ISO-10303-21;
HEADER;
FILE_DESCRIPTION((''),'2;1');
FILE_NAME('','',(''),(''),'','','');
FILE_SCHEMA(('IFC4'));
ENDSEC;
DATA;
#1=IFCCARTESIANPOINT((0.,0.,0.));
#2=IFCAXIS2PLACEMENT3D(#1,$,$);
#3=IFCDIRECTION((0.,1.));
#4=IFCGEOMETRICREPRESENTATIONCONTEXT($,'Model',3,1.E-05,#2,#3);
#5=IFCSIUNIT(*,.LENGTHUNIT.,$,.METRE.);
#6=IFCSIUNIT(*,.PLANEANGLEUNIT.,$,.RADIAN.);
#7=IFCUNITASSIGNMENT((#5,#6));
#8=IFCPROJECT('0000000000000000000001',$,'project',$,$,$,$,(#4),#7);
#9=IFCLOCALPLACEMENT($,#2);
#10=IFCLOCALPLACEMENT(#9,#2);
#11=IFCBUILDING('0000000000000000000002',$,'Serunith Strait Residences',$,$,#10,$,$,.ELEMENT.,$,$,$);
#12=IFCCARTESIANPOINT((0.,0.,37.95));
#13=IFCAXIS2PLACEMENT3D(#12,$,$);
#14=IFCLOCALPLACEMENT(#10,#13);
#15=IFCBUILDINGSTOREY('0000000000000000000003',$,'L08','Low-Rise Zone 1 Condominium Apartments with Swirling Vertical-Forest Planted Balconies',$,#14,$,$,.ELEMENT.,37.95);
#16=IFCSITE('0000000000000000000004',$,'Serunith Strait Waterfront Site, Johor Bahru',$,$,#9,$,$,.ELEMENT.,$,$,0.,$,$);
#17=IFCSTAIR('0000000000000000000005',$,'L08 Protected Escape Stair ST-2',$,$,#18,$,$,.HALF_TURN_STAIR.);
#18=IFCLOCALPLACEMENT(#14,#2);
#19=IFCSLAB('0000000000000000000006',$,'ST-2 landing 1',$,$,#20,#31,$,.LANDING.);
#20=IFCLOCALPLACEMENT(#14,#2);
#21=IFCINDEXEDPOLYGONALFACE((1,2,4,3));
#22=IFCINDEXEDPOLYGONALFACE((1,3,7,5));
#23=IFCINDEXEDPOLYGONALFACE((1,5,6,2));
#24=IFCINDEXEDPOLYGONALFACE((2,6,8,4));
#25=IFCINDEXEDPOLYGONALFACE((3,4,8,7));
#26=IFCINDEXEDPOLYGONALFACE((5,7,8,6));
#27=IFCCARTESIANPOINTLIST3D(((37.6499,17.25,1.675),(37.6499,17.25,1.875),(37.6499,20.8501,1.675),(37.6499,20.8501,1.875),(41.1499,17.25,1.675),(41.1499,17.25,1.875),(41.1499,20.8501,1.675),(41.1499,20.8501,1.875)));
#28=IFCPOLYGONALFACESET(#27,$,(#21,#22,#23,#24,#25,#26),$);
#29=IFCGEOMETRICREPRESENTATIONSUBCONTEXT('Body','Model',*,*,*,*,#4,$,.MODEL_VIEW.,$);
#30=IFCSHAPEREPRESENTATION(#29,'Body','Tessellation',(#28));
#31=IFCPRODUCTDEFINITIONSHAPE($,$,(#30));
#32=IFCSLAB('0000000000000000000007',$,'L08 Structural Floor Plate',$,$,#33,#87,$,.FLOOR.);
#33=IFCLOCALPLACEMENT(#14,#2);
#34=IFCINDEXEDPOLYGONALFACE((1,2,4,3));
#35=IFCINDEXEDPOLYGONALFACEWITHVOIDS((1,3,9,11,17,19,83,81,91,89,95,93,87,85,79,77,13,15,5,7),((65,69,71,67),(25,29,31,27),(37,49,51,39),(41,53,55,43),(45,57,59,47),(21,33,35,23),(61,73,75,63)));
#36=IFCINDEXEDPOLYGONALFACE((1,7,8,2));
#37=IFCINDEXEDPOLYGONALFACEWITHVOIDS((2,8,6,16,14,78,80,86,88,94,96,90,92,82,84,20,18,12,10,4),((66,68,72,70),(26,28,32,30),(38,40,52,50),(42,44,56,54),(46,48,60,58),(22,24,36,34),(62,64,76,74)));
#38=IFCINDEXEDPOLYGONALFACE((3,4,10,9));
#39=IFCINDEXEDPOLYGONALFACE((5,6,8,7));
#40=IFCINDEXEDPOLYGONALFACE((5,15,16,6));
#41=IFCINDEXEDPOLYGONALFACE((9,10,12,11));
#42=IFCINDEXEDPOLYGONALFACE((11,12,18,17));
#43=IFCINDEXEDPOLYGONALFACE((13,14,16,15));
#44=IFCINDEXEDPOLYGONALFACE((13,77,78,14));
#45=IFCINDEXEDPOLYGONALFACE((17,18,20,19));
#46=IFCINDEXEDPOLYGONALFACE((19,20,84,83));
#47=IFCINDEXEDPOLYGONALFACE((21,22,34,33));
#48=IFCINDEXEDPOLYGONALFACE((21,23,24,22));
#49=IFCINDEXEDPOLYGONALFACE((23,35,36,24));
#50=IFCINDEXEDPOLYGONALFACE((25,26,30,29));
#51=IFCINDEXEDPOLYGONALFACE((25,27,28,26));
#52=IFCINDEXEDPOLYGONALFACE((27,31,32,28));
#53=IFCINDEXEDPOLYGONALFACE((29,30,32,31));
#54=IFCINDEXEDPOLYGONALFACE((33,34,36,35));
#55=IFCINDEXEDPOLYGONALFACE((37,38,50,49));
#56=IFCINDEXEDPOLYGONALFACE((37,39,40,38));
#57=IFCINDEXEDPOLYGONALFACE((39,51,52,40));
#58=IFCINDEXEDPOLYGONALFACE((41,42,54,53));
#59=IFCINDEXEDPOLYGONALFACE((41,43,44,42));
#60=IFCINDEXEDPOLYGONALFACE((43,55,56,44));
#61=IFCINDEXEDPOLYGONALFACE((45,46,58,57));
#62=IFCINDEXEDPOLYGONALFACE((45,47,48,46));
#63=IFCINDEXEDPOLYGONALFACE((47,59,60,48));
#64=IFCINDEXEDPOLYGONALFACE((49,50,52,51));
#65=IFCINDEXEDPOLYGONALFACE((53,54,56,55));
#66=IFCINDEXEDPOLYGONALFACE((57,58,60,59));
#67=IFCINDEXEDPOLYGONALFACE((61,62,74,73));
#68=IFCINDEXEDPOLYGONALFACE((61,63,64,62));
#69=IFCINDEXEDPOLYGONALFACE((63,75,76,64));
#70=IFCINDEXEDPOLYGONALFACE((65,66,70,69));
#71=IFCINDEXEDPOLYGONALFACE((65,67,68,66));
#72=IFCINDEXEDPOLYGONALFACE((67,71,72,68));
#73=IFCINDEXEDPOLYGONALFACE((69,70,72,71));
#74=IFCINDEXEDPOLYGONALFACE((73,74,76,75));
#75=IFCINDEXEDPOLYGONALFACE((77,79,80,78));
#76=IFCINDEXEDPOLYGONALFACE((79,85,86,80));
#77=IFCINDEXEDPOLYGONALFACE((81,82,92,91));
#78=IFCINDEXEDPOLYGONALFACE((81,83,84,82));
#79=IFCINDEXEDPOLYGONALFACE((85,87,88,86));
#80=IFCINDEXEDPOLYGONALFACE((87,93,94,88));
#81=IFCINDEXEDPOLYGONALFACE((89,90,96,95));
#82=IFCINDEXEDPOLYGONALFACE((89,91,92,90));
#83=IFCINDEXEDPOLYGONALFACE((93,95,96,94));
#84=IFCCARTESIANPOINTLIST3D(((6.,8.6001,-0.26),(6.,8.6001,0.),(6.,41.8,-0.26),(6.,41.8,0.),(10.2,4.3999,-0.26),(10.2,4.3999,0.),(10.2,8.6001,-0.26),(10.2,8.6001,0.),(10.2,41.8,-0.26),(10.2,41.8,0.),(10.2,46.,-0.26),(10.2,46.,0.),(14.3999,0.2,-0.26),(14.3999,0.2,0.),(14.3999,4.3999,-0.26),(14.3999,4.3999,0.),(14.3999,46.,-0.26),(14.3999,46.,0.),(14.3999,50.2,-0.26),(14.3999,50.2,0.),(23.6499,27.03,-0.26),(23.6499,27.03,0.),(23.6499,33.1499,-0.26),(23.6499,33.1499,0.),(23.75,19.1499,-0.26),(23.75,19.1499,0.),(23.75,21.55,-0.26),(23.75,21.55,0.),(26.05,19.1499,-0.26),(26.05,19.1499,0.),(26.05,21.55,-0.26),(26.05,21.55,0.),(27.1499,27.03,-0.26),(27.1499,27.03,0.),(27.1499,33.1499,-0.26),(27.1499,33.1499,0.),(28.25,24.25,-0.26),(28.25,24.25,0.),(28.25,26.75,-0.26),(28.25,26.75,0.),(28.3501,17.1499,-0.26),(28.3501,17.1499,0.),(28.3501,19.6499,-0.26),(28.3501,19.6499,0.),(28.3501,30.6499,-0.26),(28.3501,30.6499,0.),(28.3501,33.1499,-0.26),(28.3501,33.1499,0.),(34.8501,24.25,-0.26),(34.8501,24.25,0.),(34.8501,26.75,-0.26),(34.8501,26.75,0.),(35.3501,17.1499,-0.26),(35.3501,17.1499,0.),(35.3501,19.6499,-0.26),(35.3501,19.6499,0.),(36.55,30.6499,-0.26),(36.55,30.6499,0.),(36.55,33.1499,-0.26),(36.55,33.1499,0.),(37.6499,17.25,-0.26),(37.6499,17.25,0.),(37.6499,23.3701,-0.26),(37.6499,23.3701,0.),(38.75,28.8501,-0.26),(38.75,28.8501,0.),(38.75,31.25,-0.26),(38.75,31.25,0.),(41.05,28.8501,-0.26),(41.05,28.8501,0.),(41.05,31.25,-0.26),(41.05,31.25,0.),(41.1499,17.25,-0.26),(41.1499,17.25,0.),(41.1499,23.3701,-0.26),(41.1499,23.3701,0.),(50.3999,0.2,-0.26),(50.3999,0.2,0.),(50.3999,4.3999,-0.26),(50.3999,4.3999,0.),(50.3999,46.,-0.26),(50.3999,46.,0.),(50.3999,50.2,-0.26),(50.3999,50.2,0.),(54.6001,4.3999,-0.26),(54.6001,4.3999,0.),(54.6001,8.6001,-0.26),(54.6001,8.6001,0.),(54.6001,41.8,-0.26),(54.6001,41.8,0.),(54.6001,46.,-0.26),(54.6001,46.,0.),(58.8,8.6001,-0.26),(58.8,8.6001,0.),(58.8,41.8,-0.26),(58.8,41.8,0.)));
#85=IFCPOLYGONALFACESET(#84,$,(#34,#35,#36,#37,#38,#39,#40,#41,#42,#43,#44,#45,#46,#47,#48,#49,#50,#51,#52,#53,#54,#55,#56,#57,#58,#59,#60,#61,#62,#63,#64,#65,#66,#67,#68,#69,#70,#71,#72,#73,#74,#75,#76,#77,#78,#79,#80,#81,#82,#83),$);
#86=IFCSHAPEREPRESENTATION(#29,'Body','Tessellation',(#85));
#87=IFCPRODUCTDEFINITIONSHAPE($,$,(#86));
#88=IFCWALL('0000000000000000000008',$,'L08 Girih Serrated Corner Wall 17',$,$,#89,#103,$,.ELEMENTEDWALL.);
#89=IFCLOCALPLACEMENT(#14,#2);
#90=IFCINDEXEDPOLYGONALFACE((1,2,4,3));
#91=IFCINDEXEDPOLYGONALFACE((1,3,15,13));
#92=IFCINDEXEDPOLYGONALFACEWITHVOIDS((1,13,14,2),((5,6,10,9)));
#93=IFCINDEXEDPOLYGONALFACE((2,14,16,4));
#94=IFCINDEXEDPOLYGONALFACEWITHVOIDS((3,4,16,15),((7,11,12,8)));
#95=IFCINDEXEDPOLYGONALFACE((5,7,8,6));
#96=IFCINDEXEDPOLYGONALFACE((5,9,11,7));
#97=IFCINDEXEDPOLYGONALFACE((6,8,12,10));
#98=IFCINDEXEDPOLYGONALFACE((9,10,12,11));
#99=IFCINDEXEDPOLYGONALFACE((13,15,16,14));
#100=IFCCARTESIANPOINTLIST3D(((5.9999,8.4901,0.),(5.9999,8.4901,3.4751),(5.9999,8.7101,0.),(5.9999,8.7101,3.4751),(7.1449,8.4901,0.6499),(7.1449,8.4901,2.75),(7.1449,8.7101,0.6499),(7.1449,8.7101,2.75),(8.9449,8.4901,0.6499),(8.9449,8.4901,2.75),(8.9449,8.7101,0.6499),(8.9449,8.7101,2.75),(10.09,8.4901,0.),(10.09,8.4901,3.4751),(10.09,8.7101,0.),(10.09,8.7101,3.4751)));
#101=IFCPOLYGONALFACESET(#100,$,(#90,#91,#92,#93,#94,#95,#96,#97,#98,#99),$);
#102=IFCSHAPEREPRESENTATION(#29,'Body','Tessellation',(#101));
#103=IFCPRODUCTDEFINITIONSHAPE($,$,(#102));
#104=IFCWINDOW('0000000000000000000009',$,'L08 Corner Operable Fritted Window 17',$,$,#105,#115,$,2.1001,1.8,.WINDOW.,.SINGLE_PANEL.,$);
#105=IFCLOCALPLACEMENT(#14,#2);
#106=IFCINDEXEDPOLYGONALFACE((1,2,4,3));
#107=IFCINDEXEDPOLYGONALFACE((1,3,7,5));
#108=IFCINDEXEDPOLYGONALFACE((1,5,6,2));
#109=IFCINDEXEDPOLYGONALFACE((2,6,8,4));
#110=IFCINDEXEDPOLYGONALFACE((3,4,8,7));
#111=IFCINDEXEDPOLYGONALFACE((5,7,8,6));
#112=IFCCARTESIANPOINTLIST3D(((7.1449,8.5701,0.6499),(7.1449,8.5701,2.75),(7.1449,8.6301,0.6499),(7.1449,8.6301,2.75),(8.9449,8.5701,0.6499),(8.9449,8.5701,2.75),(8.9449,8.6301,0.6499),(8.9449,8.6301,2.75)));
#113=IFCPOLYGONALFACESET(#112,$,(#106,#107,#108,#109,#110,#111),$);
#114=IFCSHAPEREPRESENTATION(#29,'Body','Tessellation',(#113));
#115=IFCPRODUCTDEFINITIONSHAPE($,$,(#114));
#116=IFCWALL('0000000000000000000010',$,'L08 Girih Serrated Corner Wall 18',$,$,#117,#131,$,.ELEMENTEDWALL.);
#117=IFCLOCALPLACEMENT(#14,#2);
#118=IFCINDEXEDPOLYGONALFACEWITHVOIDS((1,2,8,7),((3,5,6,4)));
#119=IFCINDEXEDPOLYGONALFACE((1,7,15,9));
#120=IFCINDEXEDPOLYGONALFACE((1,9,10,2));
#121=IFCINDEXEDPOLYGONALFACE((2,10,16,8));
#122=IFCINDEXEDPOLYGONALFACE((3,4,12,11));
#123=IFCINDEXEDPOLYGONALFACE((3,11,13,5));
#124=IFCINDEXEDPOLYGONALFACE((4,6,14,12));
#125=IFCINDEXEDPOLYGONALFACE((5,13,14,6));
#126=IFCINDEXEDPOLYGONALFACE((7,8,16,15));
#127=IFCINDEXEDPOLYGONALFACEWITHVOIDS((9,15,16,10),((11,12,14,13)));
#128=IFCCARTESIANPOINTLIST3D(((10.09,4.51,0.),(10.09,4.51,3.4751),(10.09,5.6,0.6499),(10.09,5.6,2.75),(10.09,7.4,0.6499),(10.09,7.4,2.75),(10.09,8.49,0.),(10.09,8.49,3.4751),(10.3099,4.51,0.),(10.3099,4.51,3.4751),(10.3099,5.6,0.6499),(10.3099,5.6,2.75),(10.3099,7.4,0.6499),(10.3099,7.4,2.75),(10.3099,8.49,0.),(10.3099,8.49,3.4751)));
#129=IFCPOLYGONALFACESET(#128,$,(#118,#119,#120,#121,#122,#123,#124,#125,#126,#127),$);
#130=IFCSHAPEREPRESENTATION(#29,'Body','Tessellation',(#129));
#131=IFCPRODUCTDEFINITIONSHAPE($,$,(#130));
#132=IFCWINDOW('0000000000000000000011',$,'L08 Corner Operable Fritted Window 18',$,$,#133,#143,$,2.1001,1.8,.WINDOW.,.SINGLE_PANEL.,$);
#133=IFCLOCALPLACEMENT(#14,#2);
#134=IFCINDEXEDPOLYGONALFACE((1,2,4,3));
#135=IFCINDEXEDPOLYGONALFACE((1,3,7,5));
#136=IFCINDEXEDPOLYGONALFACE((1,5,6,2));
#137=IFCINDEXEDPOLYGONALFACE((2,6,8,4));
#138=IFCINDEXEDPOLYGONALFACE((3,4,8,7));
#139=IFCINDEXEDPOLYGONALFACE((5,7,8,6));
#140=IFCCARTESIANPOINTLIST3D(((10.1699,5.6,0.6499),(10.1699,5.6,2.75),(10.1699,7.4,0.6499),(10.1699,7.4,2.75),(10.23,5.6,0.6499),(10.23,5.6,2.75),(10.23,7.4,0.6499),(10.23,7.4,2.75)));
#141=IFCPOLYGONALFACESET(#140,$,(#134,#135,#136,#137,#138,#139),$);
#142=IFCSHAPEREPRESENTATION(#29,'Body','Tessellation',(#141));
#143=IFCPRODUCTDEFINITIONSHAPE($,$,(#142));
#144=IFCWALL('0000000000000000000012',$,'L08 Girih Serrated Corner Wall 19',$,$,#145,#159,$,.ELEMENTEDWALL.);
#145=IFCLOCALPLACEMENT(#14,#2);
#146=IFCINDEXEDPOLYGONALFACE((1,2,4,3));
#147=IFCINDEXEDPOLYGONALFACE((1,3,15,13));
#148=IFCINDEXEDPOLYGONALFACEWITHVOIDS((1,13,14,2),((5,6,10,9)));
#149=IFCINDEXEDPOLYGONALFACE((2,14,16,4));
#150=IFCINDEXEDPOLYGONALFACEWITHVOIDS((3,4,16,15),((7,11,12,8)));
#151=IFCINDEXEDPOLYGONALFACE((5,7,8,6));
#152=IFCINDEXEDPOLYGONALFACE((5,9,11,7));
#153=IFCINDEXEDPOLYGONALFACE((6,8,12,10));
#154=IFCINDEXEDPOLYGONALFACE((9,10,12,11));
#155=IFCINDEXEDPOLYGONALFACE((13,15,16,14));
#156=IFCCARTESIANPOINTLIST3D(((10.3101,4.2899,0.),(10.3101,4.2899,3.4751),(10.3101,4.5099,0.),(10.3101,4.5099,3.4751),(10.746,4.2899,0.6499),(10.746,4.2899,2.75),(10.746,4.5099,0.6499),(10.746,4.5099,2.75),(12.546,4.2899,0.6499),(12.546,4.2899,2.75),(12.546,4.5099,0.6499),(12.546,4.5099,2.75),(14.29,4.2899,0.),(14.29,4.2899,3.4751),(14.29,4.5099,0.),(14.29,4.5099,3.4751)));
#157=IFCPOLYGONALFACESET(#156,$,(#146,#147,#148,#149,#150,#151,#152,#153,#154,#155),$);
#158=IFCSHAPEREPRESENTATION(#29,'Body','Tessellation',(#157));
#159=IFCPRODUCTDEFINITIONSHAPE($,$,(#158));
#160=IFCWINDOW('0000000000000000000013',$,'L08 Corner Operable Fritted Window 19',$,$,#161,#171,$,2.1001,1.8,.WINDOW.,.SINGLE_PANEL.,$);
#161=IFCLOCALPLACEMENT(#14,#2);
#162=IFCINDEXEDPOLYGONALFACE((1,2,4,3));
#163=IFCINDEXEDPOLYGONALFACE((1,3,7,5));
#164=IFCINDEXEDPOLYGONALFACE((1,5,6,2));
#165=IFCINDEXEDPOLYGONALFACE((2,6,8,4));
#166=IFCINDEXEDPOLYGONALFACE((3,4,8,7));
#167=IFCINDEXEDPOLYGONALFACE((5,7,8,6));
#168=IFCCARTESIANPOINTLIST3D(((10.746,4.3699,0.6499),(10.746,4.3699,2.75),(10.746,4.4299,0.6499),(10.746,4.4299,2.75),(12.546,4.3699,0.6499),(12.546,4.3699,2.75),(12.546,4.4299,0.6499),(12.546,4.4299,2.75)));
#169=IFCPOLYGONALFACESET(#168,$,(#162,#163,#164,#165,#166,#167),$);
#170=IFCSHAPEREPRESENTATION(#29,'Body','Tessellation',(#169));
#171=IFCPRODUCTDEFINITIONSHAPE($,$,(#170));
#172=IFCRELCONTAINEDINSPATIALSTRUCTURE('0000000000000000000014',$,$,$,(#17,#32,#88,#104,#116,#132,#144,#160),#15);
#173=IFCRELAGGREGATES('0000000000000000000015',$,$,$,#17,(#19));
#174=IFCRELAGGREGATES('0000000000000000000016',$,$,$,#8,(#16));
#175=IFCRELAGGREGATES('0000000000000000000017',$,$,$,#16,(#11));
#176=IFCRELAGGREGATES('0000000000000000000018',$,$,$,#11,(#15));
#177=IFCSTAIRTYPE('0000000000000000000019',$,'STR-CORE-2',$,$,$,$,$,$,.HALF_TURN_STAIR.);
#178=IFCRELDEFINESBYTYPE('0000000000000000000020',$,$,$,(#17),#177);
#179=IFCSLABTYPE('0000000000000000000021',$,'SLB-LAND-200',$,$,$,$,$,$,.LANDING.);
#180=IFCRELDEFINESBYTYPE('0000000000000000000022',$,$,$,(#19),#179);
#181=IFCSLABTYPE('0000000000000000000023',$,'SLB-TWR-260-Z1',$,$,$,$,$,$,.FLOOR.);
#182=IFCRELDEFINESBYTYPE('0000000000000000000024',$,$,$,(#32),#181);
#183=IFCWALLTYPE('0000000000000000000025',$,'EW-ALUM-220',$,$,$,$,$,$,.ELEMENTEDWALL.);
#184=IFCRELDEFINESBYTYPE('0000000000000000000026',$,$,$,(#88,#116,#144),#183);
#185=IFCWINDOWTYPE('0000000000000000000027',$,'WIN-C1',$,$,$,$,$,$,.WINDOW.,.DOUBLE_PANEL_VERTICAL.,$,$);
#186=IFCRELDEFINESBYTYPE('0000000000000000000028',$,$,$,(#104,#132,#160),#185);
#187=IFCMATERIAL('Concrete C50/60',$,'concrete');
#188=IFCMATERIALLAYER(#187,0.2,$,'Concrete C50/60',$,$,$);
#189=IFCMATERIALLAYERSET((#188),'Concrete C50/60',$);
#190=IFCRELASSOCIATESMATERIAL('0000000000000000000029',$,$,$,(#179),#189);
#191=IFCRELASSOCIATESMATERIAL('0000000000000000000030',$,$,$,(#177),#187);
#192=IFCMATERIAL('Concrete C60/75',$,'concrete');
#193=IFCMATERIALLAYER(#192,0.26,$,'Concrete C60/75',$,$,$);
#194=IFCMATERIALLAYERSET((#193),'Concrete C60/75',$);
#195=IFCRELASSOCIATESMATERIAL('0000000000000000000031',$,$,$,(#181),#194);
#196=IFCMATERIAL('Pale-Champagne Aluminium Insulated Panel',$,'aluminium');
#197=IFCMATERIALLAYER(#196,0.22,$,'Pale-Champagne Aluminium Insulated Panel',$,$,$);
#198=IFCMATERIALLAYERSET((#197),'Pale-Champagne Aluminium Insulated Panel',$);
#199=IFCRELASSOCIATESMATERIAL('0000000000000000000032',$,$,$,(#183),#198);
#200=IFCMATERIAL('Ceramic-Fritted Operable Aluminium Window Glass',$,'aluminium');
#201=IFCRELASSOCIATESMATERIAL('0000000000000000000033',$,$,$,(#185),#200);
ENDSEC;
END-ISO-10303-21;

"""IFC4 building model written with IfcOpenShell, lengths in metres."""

from ifc_helpers import new_model, si_unit, direction, frame, frame_2d, origin, place, context, subcontext, project, spatial, polyline, rectangle, outline, extrude, source, transform, mapped, material, layer, layer_set, type_object, element, fill, aggregate, save


model = new_model("IFC4")

# Units and contexts
model_context = context("Model", 3, precision=1e-05, world=origin(), true_north=direction((0.0, 1.0)))
body_context = subcontext(model_context, "Body", "Model", "MODEL_VIEW")
ifc_project = project(units=[si_unit("LENGTHUNIT", "METRE"), si_unit("PLANEANGLEUNIT", "RADIAN")], contexts=[model_context])

# Site, building, storey
site_placement = place(None, origin())
site = spatial("IfcSite", under=ifc_project, at=site_placement, Name="Serunith Strait Waterfront Site, Johor Bahru", CompositionType="ELEMENT", RefElevation=0.0)
building_placement = place(site_placement, origin())
building = spatial("IfcBuilding", under=site, at=building_placement, Name="Serunith Strait Residences", CompositionType="ELEMENT")
storey_placement = place(building_placement, frame((0.0, 0.0, 37.95)))
storey = spatial("IfcBuildingStorey", under=building, at=storey_placement, Name="L08", Description="Low-Rise Zone 1 Condominium Apartments with Swirling Vertical-Forest Planted Balconies", CompositionType="ELEMENT", Elevation=37.95)

# Shared definitions
ifc_material_1 = material(Name="Concrete C50/60", Category="concrete")

# Stair, slab
ifc_layer_1 = layer(ifc_material_1, 0.2, Name="Concrete C50/60")
ifc_layer_set_1 = layer_set([ifc_layer_1], Name="Concrete C50/60")
slab_type_1 = type_object("IfcSlabType", Name="SLB-LAND-200", PredefinedType="LANDING", material=ifc_layer_set_1)
stair_type_1 = type_object("IfcStairType", Name="STR-CORE-2", PredefinedType="HALF_TURN_STAIR", material=ifc_material_1)
stair_1_placement = place(storey_placement, origin())
stair_1 = element("IfcStair", 1, at=stair_1_placement, inside=storey, type_object=stair_type_1, Name="L08 Protected Escape Stair ST-2", PredefinedType="HALF_TURN_STAIR")
slab_1_placement = place(storey_placement, frame((0.0, 0.0, 1.675)))
slab_1 = element("IfcSlab", 2, at=slab_1_placement, type_object=slab_type_1, Name="ST-2 landing 1", PredefinedType="LANDING", context=body_context, shape_type="SweptSolid", body=[
    extrude(outline(polyline([(37.6499, 20.8501), (37.6499, 17.25), (41.1499, 17.25), (41.1499, 20.8501), (37.6499, 20.8501)])), origin(), (0.0, 0.0, 1.0), 0.2),
])
aggregate(stair_1, [slab_1])

# Slab
ifc_material_2 = material(Name="Concrete C60/75", Category="concrete")
ifc_layer_2 = layer(ifc_material_2, 0.26, Name="Concrete C60/75")
ifc_layer_set_2 = layer_set([ifc_layer_2], Name="Concrete C60/75")
slab_type_2 = type_object("IfcSlabType", Name="SLB-TWR-260-Z1", PredefinedType="FLOOR", material=ifc_layer_set_2)
slab_2_placement = place(storey_placement, frame((0.0, 0.0, -0.26)))
element("IfcSlab", 3, at=slab_2_placement, inside=storey, type_object=slab_type_2, Name="L08 Structural Floor Plate", PredefinedType="FLOOR", context=body_context, shape_type="SweptSolid", body=[
    extrude(outline(polyline([(14.3999, 4.3999), (10.2, 4.3999), (10.2, 8.6001), (6.0, 8.6001), (6.0, 41.8), (10.2, 41.8), (10.2, 46.0), (14.3999, 46.0), (14.3999, 50.2), (50.3999, 50.2), (50.3999, 46.0), (54.6001, 46.0), (54.6001, 41.8), (58.8, 41.8), (58.8, 8.6001), (54.6001, 8.6001), (54.6001, 4.3999), (50.3999, 4.3999), (50.3999, 0.2), (14.3999, 0.2), (14.3999, 4.3999)]), holes=[polyline([(41.1499, 17.25), (41.1499, 23.3701), (37.6499, 23.3701), (37.6499, 17.25), (41.1499, 17.25)]), polyline([(41.05, 31.25), (38.75, 31.25), (38.75, 28.8501), (41.05, 28.8501), (41.05, 31.25)]), polyline([(36.55, 33.1499), (28.3501, 33.1499), (28.3501, 30.6499), (36.55, 30.6499), (36.55, 33.1499)]), polyline([(28.3501, 19.6499), (28.3501, 17.1499), (35.3501, 17.1499), (35.3501, 19.6499), (28.3501, 19.6499)]), polyline([(34.8501, 26.75), (28.25, 26.75), (28.25, 24.25), (34.8501, 24.25), (34.8501, 26.75)]), polyline([(23.6499, 33.1499), (23.6499, 27.03), (27.1499, 27.03), (27.1499, 33.1499), (23.6499, 33.1499)]), polyline([(26.05, 21.55), (23.75, 21.55), (23.75, 19.1499), (26.05, 19.1499), (26.05, 21.55)])]), origin(), (0.0, 0.0, 1.0), 0.26),
])

# Walls, openings, windows
ifc_material_3 = material(Name="Pale-Champagne Aluminium Insulated Panel", Category="aluminium")
ifc_layer_3 = layer(ifc_material_3, 0.22, Name="Pale-Champagne Aluminium Insulated Panel")
ifc_layer_set_3 = layer_set([ifc_layer_3], Name="Pale-Champagne Aluminium Insulated Panel")
wall_type_1 = type_object("IfcWallType", Name="EW-ALUM-220", PredefinedType="ELEMENTEDWALL", material=ifc_layer_set_3)
wall_1_placement = place(storey_placement, frame((6.0, 8.6001, 0.0), z_axis=(0.0, 0.0, 1.0), x_axis=(1.0, 0.0, 0.0)))
wall_1 = element("IfcWall", 4, at=wall_1_placement, inside=storey, type_object=wall_type_1, Name="L08 Girih Serrated Corner Wall 17", PredefinedType="ELEMENTEDWALL", context=body_context, shape_type="SweptSolid", body=[
    extrude(rectangle(XDim=4.0901, YDim=0.22, at=frame_2d((2.0449, 0.0))), origin(), (0.0, 0.0, 1.0), 3.4751),
])
opening_1_placement = place(wall_1_placement, frame((1.145, 0.0, 0.6499)))
opening_1 = element("IfcOpeningElement", 5, at=opening_1_placement, cuts=wall_1, PredefinedType="OPENING", context=body_context, shape_type="SweptSolid", body=[
    extrude(rectangle(XDim=1.8, YDim=2.1001, at=frame_2d((0.8999, 1.05))), frame((0.0, 0.1201, 0.0), z_axis=(0.0, -1.0, 0.0), x_axis=(1.0, 0.0, 0.0)), (0.0, 0.0, 1.0), 0.24),
])
ifc_material_4 = material(Name="Ceramic-Fritted Operable Aluminium Window Glass", Category="aluminium")
window_type = type_object("IfcWindowType", Name="WIN-C1", PartitioningType="DOUBLE_PANEL_VERTICAL", PredefinedType="WINDOW", material=ifc_material_4)
shared_shape_1 = source(origin(), body_context, "Body", "SweptSolid", [
    extrude(rectangle(XDim=1.8, YDim=2.1001, at=frame_2d((0.8999, 1.05))), frame((0.0, 0.03, 0.0), z_axis=(0.0, -1.0, 0.0), x_axis=(1.0, 0.0, 0.0)), (0.0, 0.0, 1.0), 0.0601),
])
window_1_placement = place(opening_1_placement, origin())
window_1 = element("IfcWindow", 6, at=window_1_placement, inside=storey, type_object=window_type, Name="L08 Corner Operable Fritted Window 17", OverallHeight=2.1001, OverallWidth=1.8, PartitioningType="SINGLE_PANEL", PredefinedType="WINDOW", context=body_context, shape_type="MappedRepresentation", body=[
    mapped(shared_shape_1, transform((0.0, 0.0, 0.0), scale=1.0)),
])
fill(opening_1, window_1)
wall_2_placement = place(storey_placement, frame((10.2, 8.49, 0.0), z_axis=(0.0, 0.0, 1.0), x_axis=(0.0, -1.0, 0.0)))
wall_2 = element("IfcWall", 7, at=wall_2_placement, inside=storey, type_object=wall_type_1, Name="L08 Girih Serrated Corner Wall 18", PredefinedType="ELEMENTEDWALL", context=body_context, shape_type="SweptSolid", body=[
    extrude(rectangle(XDim=3.98, YDim=0.22, at=frame_2d((1.99, 0.0))), origin(), (0.0, 0.0, 1.0), 3.4751),
])
opening_2_placement = place(wall_2_placement, frame((1.0901, 0.0, 0.6499)))
opening_2 = element("IfcOpeningElement", 8, at=opening_2_placement, cuts=wall_2, PredefinedType="OPENING", context=body_context, shape_type="SweptSolid", body=[
    extrude(rectangle(XDim=1.8, YDim=2.1001, at=frame_2d((0.8999, 1.05))), frame((0.0, 0.1201, 0.0), z_axis=(0.0, -1.0, 0.0), x_axis=(1.0, 0.0, 0.0)), (0.0, 0.0, 1.0), 0.24),
])
window_2_placement = place(opening_2_placement, origin())
window_2 = element("IfcWindow", 9, at=window_2_placement, inside=storey, type_object=window_type, Name="L08 Corner Operable Fritted Window 18", OverallHeight=2.1001, OverallWidth=1.8, PartitioningType="SINGLE_PANEL", PredefinedType="WINDOW", context=body_context, shape_type="MappedRepresentation", body=[
    mapped(shared_shape_1, transform((0.0, 0.0, 0.0), scale=1.0)),
])
fill(opening_2, window_2)
wall_3_placement = place(storey_placement, frame((10.3101, 4.3999, 0.0), z_axis=(0.0, 0.0, 1.0), x_axis=(1.0, 0.0, 0.0)))
wall_3 = element("IfcWall", 10, at=wall_3_placement, inside=storey, type_object=wall_type_1, Name="L08 Girih Serrated Corner Wall 19", PredefinedType="ELEMENTEDWALL", context=body_context, shape_type="SweptSolid", body=[
    extrude(rectangle(XDim=3.98, YDim=0.22, at=frame_2d((1.99, 0.0))), origin(), (0.0, 0.0, 1.0), 3.4751),
])
opening_3_placement = place(wall_3_placement, frame((0.436, 0.0, 0.6499)))
opening_3 = element("IfcOpeningElement", 11, at=opening_3_placement, cuts=wall_3, PredefinedType="OPENING", context=body_context, shape_type="SweptSolid", body=[
    extrude(rectangle(XDim=1.8, YDim=2.1001, at=frame_2d((0.8999, 1.05))), frame((0.0, 0.1201, 0.0), z_axis=(0.0, -1.0, 0.0), x_axis=(1.0, 0.0, 0.0)), (0.0, 0.0, 1.0), 0.24),
])
window_3_placement = place(opening_3_placement, origin())
window_3 = element("IfcWindow", 12, at=window_3_placement, inside=storey, type_object=window_type, Name="L08 Corner Operable Fritted Window 19", OverallHeight=2.1001, OverallWidth=1.8, PartitioningType="SINGLE_PANEL", PredefinedType="WINDOW", context=body_context, shape_type="MappedRepresentation", body=[
    mapped(shared_shape_1, transform((0.0, 0.0, 0.0), scale=1.0)),
])
fill(opening_3, window_3)

save(model, "model.ifc")
